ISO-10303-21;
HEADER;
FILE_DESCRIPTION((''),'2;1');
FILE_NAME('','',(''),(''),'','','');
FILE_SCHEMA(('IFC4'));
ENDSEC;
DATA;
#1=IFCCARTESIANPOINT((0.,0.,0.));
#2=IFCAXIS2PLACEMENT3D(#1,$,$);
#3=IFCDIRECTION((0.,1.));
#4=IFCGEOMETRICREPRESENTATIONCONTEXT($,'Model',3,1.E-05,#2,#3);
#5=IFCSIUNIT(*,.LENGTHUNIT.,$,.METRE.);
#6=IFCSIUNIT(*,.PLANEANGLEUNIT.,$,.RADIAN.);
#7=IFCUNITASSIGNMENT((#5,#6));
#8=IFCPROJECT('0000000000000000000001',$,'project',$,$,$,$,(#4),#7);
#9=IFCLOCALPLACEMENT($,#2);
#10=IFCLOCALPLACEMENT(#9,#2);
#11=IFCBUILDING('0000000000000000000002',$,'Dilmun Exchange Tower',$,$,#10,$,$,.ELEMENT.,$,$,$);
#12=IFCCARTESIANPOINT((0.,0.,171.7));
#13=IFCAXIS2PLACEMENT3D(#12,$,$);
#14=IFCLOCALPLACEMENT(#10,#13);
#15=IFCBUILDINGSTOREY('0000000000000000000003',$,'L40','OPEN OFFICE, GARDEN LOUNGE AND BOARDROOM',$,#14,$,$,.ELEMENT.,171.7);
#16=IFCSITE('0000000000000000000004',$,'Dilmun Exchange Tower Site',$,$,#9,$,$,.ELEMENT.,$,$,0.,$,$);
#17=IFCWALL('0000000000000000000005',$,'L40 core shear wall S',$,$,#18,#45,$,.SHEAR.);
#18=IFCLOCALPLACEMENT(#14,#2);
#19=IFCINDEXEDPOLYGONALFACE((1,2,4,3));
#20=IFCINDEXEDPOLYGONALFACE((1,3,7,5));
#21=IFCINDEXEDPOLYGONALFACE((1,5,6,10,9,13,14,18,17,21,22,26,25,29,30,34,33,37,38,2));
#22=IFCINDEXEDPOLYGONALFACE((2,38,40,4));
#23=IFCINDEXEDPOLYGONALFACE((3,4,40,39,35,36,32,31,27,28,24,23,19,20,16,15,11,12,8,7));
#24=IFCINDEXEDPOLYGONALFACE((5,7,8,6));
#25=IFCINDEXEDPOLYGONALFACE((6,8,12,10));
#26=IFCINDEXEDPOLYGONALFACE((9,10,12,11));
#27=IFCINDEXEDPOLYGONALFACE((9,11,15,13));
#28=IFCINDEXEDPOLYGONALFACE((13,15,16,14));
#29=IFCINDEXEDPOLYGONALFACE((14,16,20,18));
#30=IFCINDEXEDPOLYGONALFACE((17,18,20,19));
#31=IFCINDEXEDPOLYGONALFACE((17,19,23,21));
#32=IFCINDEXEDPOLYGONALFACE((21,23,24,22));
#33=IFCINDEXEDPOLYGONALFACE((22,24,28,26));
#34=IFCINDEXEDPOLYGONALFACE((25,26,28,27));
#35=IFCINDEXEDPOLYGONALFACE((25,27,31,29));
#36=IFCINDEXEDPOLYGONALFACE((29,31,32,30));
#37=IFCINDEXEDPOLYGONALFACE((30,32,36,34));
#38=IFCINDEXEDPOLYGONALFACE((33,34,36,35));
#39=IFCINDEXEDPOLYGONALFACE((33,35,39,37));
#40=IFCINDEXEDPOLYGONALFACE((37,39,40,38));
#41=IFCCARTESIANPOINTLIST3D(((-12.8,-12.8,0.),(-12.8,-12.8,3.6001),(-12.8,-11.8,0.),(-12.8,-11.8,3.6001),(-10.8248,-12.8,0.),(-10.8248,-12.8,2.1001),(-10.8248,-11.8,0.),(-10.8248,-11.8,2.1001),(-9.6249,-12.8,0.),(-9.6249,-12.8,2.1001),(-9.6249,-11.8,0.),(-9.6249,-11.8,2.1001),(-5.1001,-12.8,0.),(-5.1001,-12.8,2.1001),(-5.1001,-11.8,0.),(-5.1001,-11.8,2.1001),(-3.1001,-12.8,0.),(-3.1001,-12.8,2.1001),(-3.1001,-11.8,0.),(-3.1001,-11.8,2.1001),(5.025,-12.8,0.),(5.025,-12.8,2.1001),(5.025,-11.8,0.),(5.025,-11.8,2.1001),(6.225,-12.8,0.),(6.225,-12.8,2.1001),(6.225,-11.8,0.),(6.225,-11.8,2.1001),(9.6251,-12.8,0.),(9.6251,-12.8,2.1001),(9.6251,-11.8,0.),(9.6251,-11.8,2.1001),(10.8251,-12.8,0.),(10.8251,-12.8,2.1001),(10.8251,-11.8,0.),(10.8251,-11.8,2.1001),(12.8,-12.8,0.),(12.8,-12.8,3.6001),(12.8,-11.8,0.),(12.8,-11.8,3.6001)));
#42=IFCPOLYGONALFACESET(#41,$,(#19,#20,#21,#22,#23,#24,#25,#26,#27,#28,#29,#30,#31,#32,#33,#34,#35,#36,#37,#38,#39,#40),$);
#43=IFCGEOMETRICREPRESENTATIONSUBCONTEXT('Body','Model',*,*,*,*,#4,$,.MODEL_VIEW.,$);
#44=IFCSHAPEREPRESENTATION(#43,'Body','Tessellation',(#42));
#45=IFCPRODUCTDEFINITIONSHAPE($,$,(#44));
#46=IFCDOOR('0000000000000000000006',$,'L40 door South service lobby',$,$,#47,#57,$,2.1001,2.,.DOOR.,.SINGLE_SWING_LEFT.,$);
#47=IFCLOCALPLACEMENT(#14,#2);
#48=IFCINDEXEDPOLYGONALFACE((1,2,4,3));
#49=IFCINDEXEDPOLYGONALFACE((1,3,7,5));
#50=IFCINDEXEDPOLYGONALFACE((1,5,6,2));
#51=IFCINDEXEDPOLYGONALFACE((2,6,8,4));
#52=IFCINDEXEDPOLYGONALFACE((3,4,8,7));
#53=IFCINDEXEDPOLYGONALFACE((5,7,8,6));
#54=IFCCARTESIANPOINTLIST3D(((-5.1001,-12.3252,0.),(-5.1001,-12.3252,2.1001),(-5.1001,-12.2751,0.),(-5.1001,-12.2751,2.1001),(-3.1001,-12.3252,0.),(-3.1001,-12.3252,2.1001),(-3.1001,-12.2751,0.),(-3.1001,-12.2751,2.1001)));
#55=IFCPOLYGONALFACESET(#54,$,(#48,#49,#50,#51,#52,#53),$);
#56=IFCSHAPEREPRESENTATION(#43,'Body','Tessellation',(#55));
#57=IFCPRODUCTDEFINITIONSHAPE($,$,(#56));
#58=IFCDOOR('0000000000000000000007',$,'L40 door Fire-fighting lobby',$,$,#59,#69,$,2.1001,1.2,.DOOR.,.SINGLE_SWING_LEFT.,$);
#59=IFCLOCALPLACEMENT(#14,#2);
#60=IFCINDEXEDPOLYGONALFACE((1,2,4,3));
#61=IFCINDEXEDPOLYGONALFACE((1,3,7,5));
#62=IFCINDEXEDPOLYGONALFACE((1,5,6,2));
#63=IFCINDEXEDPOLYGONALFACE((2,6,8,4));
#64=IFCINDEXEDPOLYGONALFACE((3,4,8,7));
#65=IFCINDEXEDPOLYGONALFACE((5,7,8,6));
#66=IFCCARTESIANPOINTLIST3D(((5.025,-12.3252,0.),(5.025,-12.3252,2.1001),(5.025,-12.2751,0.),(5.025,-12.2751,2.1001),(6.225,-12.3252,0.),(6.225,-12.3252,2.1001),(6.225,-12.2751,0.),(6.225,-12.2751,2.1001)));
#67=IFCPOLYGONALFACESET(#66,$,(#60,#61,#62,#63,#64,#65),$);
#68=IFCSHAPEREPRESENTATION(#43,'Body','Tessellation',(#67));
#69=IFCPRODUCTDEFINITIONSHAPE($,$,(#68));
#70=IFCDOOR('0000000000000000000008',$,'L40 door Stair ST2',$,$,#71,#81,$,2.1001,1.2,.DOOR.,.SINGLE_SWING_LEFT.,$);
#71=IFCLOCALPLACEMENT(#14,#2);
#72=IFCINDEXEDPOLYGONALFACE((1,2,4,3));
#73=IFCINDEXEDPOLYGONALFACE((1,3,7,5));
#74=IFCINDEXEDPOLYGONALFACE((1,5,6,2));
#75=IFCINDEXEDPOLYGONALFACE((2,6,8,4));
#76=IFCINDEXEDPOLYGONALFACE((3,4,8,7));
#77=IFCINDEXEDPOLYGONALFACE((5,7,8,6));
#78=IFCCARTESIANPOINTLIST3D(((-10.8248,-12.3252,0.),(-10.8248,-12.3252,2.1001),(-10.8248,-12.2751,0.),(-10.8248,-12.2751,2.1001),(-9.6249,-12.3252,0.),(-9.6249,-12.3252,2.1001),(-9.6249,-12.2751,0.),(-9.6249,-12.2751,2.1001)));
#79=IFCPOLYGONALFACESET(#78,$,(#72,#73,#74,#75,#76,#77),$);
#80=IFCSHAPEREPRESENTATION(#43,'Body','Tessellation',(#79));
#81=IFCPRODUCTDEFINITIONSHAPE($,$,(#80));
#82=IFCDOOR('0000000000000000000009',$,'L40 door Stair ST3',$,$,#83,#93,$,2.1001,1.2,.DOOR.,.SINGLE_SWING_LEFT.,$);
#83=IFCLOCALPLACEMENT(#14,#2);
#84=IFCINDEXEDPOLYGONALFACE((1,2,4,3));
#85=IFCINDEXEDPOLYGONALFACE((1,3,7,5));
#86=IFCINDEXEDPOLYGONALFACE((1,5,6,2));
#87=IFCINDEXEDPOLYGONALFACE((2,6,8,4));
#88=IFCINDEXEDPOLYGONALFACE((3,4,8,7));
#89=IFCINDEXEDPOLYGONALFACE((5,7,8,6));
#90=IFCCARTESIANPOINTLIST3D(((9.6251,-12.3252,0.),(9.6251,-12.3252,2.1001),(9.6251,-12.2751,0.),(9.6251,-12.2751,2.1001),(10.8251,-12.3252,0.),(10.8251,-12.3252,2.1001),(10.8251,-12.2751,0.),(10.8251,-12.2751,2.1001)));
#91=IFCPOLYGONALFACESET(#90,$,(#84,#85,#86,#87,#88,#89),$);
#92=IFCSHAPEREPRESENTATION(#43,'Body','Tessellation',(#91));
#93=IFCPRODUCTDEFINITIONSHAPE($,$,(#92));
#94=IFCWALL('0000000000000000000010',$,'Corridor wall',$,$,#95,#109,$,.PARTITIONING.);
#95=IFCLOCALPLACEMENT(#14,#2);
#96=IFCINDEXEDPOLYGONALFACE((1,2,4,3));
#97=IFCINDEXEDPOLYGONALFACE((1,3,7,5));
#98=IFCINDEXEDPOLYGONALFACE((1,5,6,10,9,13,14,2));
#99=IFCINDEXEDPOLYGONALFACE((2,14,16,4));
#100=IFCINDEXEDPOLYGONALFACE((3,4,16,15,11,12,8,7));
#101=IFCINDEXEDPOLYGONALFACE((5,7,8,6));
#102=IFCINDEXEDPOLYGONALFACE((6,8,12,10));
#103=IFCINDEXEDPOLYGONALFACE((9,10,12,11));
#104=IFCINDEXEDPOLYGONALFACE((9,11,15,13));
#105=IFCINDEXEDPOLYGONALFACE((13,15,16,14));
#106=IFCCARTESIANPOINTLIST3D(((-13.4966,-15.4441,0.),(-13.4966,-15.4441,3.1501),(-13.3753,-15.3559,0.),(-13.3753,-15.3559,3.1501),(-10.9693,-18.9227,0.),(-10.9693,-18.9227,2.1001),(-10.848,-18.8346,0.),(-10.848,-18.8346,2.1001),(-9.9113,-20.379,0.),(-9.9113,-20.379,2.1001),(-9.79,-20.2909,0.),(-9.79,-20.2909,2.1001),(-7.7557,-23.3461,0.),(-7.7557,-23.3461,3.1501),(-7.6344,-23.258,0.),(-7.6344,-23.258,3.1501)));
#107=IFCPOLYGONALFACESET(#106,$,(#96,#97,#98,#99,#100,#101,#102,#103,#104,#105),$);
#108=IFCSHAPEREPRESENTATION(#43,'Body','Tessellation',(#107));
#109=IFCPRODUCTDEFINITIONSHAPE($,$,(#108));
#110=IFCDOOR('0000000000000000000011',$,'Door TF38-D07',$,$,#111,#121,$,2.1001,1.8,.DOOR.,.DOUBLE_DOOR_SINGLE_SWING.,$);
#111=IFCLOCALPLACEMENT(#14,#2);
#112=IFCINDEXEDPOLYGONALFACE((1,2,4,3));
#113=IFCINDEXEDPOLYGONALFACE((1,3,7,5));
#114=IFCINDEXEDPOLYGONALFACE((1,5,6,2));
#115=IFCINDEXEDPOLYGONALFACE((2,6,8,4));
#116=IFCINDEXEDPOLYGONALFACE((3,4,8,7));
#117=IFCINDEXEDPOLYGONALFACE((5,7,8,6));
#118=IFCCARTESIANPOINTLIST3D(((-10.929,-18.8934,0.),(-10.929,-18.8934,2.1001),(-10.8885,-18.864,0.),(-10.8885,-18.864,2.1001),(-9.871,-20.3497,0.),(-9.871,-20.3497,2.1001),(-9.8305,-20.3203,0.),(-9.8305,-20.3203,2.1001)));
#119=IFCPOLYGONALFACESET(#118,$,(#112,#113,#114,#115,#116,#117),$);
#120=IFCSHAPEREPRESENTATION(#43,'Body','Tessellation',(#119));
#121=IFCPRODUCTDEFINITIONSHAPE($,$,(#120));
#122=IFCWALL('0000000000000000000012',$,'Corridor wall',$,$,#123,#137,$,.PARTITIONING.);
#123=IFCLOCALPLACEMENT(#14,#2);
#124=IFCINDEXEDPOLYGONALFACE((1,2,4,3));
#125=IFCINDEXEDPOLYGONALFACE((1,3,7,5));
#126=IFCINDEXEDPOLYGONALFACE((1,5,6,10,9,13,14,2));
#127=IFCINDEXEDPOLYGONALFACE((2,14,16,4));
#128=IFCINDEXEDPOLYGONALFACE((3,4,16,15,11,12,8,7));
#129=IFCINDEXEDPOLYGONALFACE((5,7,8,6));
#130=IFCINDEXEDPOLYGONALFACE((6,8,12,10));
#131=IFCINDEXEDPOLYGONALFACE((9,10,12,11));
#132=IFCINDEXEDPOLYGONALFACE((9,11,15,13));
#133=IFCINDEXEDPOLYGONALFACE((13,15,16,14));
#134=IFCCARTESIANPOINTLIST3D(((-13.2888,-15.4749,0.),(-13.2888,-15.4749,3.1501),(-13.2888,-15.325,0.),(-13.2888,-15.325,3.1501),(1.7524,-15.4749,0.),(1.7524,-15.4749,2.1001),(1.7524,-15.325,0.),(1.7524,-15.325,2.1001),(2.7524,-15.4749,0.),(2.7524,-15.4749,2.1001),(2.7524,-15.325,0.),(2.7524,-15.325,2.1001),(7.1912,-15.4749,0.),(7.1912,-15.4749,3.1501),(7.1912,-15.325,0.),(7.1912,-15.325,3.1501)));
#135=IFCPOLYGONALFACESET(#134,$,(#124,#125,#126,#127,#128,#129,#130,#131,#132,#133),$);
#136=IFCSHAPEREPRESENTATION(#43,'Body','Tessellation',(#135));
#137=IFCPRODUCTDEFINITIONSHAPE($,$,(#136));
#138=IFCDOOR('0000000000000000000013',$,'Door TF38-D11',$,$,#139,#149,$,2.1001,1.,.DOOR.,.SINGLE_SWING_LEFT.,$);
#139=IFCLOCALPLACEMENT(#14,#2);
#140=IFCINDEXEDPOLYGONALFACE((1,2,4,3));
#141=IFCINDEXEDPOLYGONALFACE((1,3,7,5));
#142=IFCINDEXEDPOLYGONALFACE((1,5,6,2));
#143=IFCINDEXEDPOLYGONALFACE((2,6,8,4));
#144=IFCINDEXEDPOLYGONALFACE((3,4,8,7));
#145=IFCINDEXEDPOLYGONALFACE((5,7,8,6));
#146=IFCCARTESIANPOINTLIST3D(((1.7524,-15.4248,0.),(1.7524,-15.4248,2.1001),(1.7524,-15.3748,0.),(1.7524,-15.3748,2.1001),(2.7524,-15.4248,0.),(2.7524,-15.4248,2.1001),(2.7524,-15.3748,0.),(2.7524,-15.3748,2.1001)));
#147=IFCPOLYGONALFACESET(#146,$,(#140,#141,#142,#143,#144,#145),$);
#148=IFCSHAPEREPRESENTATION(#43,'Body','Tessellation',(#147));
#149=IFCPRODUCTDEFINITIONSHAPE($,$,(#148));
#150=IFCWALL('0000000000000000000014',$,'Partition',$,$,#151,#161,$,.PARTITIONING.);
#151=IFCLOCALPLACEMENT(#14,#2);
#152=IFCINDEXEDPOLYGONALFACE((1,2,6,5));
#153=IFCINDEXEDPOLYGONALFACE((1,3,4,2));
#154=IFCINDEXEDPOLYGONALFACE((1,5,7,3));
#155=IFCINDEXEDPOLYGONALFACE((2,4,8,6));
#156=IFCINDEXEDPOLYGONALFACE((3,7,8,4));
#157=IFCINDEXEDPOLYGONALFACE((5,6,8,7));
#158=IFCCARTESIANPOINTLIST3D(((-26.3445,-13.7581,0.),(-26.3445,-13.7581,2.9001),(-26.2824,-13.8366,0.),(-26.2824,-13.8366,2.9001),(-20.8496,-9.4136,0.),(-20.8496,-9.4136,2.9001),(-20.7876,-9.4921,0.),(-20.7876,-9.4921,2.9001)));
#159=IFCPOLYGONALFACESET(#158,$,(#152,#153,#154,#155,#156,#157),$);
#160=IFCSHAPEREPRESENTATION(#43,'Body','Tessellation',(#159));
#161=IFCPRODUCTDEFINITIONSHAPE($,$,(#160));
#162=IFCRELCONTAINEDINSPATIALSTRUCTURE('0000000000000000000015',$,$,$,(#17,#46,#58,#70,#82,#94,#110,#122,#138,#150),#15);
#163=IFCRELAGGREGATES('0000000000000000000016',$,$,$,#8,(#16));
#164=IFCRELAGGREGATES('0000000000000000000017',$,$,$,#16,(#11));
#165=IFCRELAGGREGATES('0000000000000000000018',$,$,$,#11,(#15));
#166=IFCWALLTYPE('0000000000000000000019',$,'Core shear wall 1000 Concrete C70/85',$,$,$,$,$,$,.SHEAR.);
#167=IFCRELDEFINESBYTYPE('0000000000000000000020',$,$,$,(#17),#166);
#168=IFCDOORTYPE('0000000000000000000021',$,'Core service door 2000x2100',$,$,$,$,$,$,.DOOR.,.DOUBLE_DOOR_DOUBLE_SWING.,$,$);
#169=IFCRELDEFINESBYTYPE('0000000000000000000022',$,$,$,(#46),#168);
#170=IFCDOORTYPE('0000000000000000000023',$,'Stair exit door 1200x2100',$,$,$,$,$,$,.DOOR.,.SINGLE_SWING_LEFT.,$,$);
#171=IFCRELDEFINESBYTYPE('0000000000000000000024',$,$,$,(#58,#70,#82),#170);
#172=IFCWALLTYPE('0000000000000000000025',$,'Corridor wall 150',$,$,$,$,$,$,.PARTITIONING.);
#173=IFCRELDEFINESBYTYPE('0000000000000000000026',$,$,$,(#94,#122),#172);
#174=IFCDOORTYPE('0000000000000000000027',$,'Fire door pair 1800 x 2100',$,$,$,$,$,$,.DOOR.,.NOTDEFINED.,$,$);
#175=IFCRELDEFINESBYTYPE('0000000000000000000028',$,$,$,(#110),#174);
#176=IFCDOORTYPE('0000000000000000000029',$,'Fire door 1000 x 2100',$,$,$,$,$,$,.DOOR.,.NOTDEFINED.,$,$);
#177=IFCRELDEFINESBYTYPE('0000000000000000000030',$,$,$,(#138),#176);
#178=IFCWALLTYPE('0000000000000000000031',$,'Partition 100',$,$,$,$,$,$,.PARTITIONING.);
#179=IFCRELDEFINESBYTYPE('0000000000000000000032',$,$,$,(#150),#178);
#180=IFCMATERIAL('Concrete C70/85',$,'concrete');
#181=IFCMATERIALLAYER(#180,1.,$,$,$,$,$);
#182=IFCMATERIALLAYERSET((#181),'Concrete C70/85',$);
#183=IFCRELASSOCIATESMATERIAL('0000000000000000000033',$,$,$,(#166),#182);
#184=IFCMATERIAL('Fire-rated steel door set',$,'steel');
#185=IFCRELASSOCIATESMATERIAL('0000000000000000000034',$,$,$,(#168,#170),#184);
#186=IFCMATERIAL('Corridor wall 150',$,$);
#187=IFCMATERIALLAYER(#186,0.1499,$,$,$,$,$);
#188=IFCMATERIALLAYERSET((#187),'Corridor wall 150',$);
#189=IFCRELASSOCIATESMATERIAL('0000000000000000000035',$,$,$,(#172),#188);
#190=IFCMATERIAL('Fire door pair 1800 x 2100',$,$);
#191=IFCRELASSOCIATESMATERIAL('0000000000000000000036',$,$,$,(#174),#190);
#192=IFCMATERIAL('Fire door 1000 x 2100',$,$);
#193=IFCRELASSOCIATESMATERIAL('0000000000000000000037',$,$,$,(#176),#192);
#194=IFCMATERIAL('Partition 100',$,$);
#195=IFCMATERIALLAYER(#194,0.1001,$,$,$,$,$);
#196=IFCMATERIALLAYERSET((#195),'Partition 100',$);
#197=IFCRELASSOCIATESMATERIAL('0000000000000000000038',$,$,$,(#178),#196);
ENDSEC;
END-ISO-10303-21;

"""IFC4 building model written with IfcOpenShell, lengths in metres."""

from ifc_helpers import new_model, si_unit, direction, frame, frame_2d, origin, place, context, subcontext, project, spatial, rectangle, extrude, material, layer, layer_set, type_object, element, fill, save


model = new_model("IFC4")

# Units and contexts
model_context = context("Model", 3, precision=1e-05, world=origin(), true_north=direction((0.0, 1.0)))
body_context = subcontext(model_context, "Body", "Model", "MODEL_VIEW")
ifc_project = project(units=[si_unit("LENGTHUNIT", "METRE"), si_unit("PLANEANGLEUNIT", "RADIAN")], contexts=[model_context])

# Site, building, storey
site_placement = place(None, origin())
site = spatial("IfcSite", under=ifc_project, at=site_placement, Name="Dilmun Exchange Tower Site", CompositionType="ELEMENT", RefElevation=0.0)
building_placement = place(site_placement, origin())
building = spatial("IfcBuilding", under=site, at=building_placement, Name="Dilmun Exchange Tower", CompositionType="ELEMENT")
storey_placement = place(building_placement, frame((0.0, 0.0, 171.7)))
storey = spatial("IfcBuildingStorey", under=building, at=storey_placement, Name="L40", Description="OPEN OFFICE, GARDEN LOUNGE AND BOARDROOM", CompositionType="ELEMENT", Elevation=171.7)

# Wall, openings, doors
ifc_material_1 = material(Name="Concrete C70/85", Category="concrete")
ifc_layer_1 = layer(ifc_material_1, 1.0)
ifc_layer_set_1 = layer_set([ifc_layer_1], Name="Concrete C70/85")
wall_type_1 = type_object("IfcWallType", Name="Core shear wall 1000 Concrete C70/85", PredefinedType="SHEAR", material=ifc_layer_set_1)
wall_1_placement = place(storey_placement, frame((-12.8, -12.3, 0.0), z_axis=(0.0, 0.0, 1.0), x_axis=(1.0, 0.0, 0.0)))
wall_1 = element("IfcWall", 1, at=wall_1_placement, inside=storey, type_object=wall_type_1, Name="L40 core shear wall S", PredefinedType="SHEAR", context=body_context, shape_type="SweptSolid", body=[
    extrude(rectangle(XDim=25.6001, YDim=1.0, at=frame_2d((12.8, 0.0))), origin(), (0.0, 0.0, 1.0), 3.6001),
])
opening_1_placement = place(wall_1_placement, frame((7.7, 0.0, 0.0)))
opening_1 = element("IfcOpeningElement", 2, at=opening_1_placement, cuts=wall_1, PredefinedType="OPENING", context=body_context, shape_type="SweptSolid", body=[
    extrude(rectangle(XDim=2.0, YDim=2.1001, at=frame_2d((1.0, 1.05))), frame((0.0, 0.51, 0.0), z_axis=(0.0, -1.0, 0.0), x_axis=(1.0, 0.0, 0.0)), (0.0, 0.0, 1.0), 1.02),
])
opening_2_placement = place(wall_1_placement, frame((17.825, 0.0, 0.0)))
opening_2 = element("IfcOpeningElement", 3, at=opening_2_placement, cuts=wall_1, PredefinedType="OPENING", context=body_context, shape_type="SweptSolid", body=[
    extrude(rectangle(XDim=1.2, YDim=2.1001, at=frame_2d((0.6001, 1.05))), frame((0.0, 0.51, 0.0), z_axis=(0.0, -1.0, 0.0), x_axis=(1.0, 0.0, 0.0)), (0.0, 0.0, 1.0), 1.02),
])
opening_3_placement = place(wall_1_placement, frame((1.9751, 0.0, 0.0)))
opening_3 = element("IfcOpeningElement", 4, at=opening_3_placement, cuts=wall_1, PredefinedType="OPENING", context=body_context, shape_type="SweptSolid", body=[
    extrude(rectangle(XDim=1.2, YDim=2.1001, at=frame_2d((0.6001, 1.05))), frame((0.0, 0.51, 0.0), z_axis=(0.0, -1.0, 0.0), x_axis=(1.0, 0.0, 0.0)), (0.0, 0.0, 1.0), 1.02),
])
opening_4_placement = place(wall_1_placement, frame((22.425, 0.0, 0.0)))
opening_4 = element("IfcOpeningElement", 5, at=opening_4_placement, cuts=wall_1, PredefinedType="OPENING", context=body_context, shape_type="SweptSolid", body=[
    extrude(rectangle(XDim=1.2, YDim=2.1001, at=frame_2d((0.6001, 1.05))), frame((0.0, 0.51, 0.0), z_axis=(0.0, -1.0, 0.0), x_axis=(1.0, 0.0, 0.0)), (0.0, 0.0, 1.0), 1.02),
])
ifc_material_2 = material(Name="Fire-rated steel door set", Category="steel")
door_type_1 = type_object("IfcDoorType", Name="Core service door 2000x2100", OperationType="DOUBLE_DOOR_DOUBLE_SWING", PredefinedType="DOOR", material=ifc_material_2)
door_1_placement = place(opening_1_placement, origin())
door_1 = element("IfcDoor", 6, at=door_1_placement, inside=storey, type_object=door_type_1, Name="L40 door South service lobby", OperationType="SINGLE_SWING_LEFT", OverallHeight=2.1001, OverallWidth=2.0, PredefinedType="DOOR", context=body_context, shape_type="SweptSolid", body=[
    extrude(rectangle(XDim=2.0, YDim=2.1001, at=frame_2d((1.0, 1.05))), frame((0.0, 0.0249, 0.0), z_axis=(0.0, -1.0, 0.0), x_axis=(1.0, 0.0, 0.0)), (0.0, 0.0, 1.0), 0.05),
])
fill(opening_1, door_1)
door_type_2 = type_object("IfcDoorType", Name="Stair exit door 1200x2100", OperationType="SINGLE_SWING_LEFT", PredefinedType="DOOR", material=ifc_material_2)
door_2_placement = place(opening_2_placement, origin())
door_2 = element("IfcDoor", 7, at=door_2_placement, inside=storey, type_object=door_type_2, Name="L40 door Fire-fighting lobby", OperationType="SINGLE_SWING_LEFT", OverallHeight=2.1001, OverallWidth=1.2, PredefinedType="DOOR", context=body_context, shape_type="SweptSolid", body=[
    extrude(rectangle(XDim=1.2, YDim=2.1001, at=frame_2d((0.6001, 1.05))), frame((0.0, 0.0249, 0.0), z_axis=(0.0, -1.0, 0.0), x_axis=(1.0, 0.0, 0.0)), (0.0, 0.0, 1.0), 0.05),
])
fill(opening_2, door_2)
door_3_placement = place(opening_3_placement, origin())
door_3 = element("IfcDoor", 8, at=door_3_placement, inside=storey, type_object=door_type_2, Name="L40 door Stair ST2", OperationType="SINGLE_SWING_LEFT", OverallHeight=2.1001, OverallWidth=1.2, PredefinedType="DOOR", context=body_context, shape_type="SweptSolid", body=[
    extrude(rectangle(XDim=1.2, YDim=2.1001, at=frame_2d((0.6001, 1.05))), frame((0.0, 0.0249, 0.0), z_axis=(0.0, -1.0, 0.0), x_axis=(1.0, 0.0, 0.0)), (0.0, 0.0, 1.0), 0.05),
])
fill(opening_3, door_3)
door_4_placement = place(opening_4_placement, origin())
door_4 = element("IfcDoor", 9, at=door_4_placement, inside=storey, type_object=door_type_2, Name="L40 door Stair ST3", OperationType="SINGLE_SWING_LEFT", OverallHeight=2.1001, OverallWidth=1.2, PredefinedType="DOOR", context=body_context, shape_type="SweptSolid", body=[
    extrude(rectangle(XDim=1.2, YDim=2.1001, at=frame_2d((0.6001, 1.05))), frame((0.0, 0.0249, 0.0), z_axis=(0.0, -1.0, 0.0), x_axis=(1.0, 0.0, 0.0)), (0.0, 0.0, 1.0), 0.05),
])
fill(opening_4, door_4)

# Walls, openings, doors
ifc_material_3 = material(Name="Corridor wall 150")
ifc_layer_2 = layer(ifc_material_3, 0.1499)
ifc_layer_set_2 = layer_set([ifc_layer_2], Name="Corridor wall 150")
wall_type_2 = type_object("IfcWallType", Name="Corridor wall 150", PredefinedType="PARTITIONING", material=ifc_layer_set_2)
wall_2_placement = place(storey_placement, frame((-13.436, -15.3999, 0.0), z_axis=(0.0, 0.0, 1.0), x_axis=(0.587769, -0.809029, 0.0)))
wall_2 = element("IfcWall", 10, at=wall_2_placement, inside=storey, type_object=wall_type_2, Name="Corridor wall", PredefinedType="PARTITIONING", context=body_context, shape_type="SweptSolid", body=[
    extrude(rectangle(XDim=9.7673, YDim=0.1499, at=frame_2d((4.8838, 0.0))), origin(), (0.0, 0.0, 1.0), 3.1501),
])
opening_5_placement = place(wall_2_placement, frame((4.3, 0.0, 0.0)))
opening_5 = element("IfcOpeningElement", 11, at=opening_5_placement, cuts=wall_2, PredefinedType="OPENING", context=body_context, shape_type="SweptSolid", body=[
    extrude(rectangle(XDim=1.8, YDim=2.1001, at=frame_2d((0.8999, 1.05))), frame((0.0, 0.085, 0.0), z_axis=(0.0, -1.0, 0.0), x_axis=(1.0, 0.0, 0.0)), (0.0, 0.0, 1.0), 0.1699),
])
ifc_material_4 = material(Name="Fire door pair 1800 x 2100")
door_type_3 = type_object("IfcDoorType", Name="Fire door pair 1800 x 2100", OperationType="NOTDEFINED", PredefinedType="DOOR", material=ifc_material_4)
door_5_placement = place(opening_5_placement, origin())
door_5 = element("IfcDoor", 12, at=door_5_placement, inside=storey, type_object=door_type_3, Name="Door TF38-D07", OperationType="DOUBLE_DOOR_SINGLE_SWING", OverallHeight=2.1001, OverallWidth=1.8, PredefinedType="DOOR", context=body_context, shape_type="SweptSolid", body=[
    extrude(rectangle(XDim=1.8, YDim=2.1001, at=frame_2d((0.8999, 1.05))), frame((0.0, 0.0249, 0.0), z_axis=(0.0, -1.0, 0.0), x_axis=(1.0, 0.0, 0.0)), (0.0, 0.0, 1.0), 0.05),
])
fill(opening_5, door_5)
wall_3_placement = place(storey_placement, frame((-13.2888, -15.3999, 0.0), z_axis=(0.0, 0.0, 1.0), x_axis=(1.0, 0.0, 0.0)))
wall_3 = element("IfcWall", 13, at=wall_3_placement, inside=storey, type_object=wall_type_2, Name="Corridor wall", PredefinedType="PARTITIONING", context=body_context, shape_type="SweptSolid", body=[
    extrude(rectangle(XDim=20.48, YDim=0.1499, at=frame_2d((10.24, 0.0))), origin(), (0.0, 0.0, 1.0), 3.1501),
])
opening_6_placement = place(wall_3_placement, frame((15.0413, 0.0, 0.0)))
opening_6 = element("IfcOpeningElement", 14, at=opening_6_placement, cuts=wall_3, PredefinedType="OPENING", context=body_context, shape_type="SweptSolid", body=[
    extrude(rectangle(XDim=1.0, YDim=2.1001, at=frame_2d((0.5, 1.05))), frame((0.0, 0.085, 0.0), z_axis=(0.0, -1.0, 0.0), x_axis=(1.0, 0.0, 0.0)), (0.0, 0.0, 1.0), 0.1699),
])
ifc_material_5 = material(Name="Fire door 1000 x 2100")
door_type_4 = type_object("IfcDoorType", Name="Fire door 1000 x 2100", OperationType="NOTDEFINED", PredefinedType="DOOR", material=ifc_material_5)
door_6_placement = place(opening_6_placement, frame((1.0, 0.0, 0.0), z_axis=(0.0, 0.0, 1.0), x_axis=(-1.0, 0.0, 0.0)))
door_6 = element("IfcDoor", 15, at=door_6_placement, inside=storey, type_object=door_type_4, Name="Door TF38-D11", OperationType="SINGLE_SWING_LEFT", OverallHeight=2.1001, OverallWidth=1.0, PredefinedType="DOOR", context=body_context, shape_type="SweptSolid", body=[
    extrude(rectangle(XDim=1.0, YDim=2.1001, at=frame_2d((0.5, 1.05))), frame((0.0, 0.0249, 0.0), z_axis=(0.0, -1.0, 0.0), x_axis=(1.0, 0.0, 0.0)), (0.0, 0.0, 1.0), 0.05),
])
fill(opening_6, door_6)

# Wall
ifc_material_6 = material(Name="Partition 100")
ifc_layer_3 = layer(ifc_material_6, 0.1001)
ifc_layer_set_3 = layer_set([ifc_layer_3], Name="Partition 100")
wall_type_3 = type_object("IfcWallType", Name="Partition 100", PredefinedType="PARTITIONING", material=ifc_layer_set_3)
wall_4_placement = place(storey_placement, frame((-26.3135, -13.7974, 0.0), z_axis=(0.0, 0.0, 1.0), x_axis=(0.784436, 0.620209, 0.0)))
element("IfcWall", 16, at=wall_4_placement, inside=storey, type_object=wall_type_3, Name="Partition", PredefinedType="PARTITIONING", context=body_context, shape_type="SweptSolid", body=[
    extrude(rectangle(XDim=7.0049, YDim=0.1001, at=frame_2d((3.5024, 0.0))), origin(), (0.0, 0.0, 1.0), 2.9001),
])

save(model, "model.ifc")
